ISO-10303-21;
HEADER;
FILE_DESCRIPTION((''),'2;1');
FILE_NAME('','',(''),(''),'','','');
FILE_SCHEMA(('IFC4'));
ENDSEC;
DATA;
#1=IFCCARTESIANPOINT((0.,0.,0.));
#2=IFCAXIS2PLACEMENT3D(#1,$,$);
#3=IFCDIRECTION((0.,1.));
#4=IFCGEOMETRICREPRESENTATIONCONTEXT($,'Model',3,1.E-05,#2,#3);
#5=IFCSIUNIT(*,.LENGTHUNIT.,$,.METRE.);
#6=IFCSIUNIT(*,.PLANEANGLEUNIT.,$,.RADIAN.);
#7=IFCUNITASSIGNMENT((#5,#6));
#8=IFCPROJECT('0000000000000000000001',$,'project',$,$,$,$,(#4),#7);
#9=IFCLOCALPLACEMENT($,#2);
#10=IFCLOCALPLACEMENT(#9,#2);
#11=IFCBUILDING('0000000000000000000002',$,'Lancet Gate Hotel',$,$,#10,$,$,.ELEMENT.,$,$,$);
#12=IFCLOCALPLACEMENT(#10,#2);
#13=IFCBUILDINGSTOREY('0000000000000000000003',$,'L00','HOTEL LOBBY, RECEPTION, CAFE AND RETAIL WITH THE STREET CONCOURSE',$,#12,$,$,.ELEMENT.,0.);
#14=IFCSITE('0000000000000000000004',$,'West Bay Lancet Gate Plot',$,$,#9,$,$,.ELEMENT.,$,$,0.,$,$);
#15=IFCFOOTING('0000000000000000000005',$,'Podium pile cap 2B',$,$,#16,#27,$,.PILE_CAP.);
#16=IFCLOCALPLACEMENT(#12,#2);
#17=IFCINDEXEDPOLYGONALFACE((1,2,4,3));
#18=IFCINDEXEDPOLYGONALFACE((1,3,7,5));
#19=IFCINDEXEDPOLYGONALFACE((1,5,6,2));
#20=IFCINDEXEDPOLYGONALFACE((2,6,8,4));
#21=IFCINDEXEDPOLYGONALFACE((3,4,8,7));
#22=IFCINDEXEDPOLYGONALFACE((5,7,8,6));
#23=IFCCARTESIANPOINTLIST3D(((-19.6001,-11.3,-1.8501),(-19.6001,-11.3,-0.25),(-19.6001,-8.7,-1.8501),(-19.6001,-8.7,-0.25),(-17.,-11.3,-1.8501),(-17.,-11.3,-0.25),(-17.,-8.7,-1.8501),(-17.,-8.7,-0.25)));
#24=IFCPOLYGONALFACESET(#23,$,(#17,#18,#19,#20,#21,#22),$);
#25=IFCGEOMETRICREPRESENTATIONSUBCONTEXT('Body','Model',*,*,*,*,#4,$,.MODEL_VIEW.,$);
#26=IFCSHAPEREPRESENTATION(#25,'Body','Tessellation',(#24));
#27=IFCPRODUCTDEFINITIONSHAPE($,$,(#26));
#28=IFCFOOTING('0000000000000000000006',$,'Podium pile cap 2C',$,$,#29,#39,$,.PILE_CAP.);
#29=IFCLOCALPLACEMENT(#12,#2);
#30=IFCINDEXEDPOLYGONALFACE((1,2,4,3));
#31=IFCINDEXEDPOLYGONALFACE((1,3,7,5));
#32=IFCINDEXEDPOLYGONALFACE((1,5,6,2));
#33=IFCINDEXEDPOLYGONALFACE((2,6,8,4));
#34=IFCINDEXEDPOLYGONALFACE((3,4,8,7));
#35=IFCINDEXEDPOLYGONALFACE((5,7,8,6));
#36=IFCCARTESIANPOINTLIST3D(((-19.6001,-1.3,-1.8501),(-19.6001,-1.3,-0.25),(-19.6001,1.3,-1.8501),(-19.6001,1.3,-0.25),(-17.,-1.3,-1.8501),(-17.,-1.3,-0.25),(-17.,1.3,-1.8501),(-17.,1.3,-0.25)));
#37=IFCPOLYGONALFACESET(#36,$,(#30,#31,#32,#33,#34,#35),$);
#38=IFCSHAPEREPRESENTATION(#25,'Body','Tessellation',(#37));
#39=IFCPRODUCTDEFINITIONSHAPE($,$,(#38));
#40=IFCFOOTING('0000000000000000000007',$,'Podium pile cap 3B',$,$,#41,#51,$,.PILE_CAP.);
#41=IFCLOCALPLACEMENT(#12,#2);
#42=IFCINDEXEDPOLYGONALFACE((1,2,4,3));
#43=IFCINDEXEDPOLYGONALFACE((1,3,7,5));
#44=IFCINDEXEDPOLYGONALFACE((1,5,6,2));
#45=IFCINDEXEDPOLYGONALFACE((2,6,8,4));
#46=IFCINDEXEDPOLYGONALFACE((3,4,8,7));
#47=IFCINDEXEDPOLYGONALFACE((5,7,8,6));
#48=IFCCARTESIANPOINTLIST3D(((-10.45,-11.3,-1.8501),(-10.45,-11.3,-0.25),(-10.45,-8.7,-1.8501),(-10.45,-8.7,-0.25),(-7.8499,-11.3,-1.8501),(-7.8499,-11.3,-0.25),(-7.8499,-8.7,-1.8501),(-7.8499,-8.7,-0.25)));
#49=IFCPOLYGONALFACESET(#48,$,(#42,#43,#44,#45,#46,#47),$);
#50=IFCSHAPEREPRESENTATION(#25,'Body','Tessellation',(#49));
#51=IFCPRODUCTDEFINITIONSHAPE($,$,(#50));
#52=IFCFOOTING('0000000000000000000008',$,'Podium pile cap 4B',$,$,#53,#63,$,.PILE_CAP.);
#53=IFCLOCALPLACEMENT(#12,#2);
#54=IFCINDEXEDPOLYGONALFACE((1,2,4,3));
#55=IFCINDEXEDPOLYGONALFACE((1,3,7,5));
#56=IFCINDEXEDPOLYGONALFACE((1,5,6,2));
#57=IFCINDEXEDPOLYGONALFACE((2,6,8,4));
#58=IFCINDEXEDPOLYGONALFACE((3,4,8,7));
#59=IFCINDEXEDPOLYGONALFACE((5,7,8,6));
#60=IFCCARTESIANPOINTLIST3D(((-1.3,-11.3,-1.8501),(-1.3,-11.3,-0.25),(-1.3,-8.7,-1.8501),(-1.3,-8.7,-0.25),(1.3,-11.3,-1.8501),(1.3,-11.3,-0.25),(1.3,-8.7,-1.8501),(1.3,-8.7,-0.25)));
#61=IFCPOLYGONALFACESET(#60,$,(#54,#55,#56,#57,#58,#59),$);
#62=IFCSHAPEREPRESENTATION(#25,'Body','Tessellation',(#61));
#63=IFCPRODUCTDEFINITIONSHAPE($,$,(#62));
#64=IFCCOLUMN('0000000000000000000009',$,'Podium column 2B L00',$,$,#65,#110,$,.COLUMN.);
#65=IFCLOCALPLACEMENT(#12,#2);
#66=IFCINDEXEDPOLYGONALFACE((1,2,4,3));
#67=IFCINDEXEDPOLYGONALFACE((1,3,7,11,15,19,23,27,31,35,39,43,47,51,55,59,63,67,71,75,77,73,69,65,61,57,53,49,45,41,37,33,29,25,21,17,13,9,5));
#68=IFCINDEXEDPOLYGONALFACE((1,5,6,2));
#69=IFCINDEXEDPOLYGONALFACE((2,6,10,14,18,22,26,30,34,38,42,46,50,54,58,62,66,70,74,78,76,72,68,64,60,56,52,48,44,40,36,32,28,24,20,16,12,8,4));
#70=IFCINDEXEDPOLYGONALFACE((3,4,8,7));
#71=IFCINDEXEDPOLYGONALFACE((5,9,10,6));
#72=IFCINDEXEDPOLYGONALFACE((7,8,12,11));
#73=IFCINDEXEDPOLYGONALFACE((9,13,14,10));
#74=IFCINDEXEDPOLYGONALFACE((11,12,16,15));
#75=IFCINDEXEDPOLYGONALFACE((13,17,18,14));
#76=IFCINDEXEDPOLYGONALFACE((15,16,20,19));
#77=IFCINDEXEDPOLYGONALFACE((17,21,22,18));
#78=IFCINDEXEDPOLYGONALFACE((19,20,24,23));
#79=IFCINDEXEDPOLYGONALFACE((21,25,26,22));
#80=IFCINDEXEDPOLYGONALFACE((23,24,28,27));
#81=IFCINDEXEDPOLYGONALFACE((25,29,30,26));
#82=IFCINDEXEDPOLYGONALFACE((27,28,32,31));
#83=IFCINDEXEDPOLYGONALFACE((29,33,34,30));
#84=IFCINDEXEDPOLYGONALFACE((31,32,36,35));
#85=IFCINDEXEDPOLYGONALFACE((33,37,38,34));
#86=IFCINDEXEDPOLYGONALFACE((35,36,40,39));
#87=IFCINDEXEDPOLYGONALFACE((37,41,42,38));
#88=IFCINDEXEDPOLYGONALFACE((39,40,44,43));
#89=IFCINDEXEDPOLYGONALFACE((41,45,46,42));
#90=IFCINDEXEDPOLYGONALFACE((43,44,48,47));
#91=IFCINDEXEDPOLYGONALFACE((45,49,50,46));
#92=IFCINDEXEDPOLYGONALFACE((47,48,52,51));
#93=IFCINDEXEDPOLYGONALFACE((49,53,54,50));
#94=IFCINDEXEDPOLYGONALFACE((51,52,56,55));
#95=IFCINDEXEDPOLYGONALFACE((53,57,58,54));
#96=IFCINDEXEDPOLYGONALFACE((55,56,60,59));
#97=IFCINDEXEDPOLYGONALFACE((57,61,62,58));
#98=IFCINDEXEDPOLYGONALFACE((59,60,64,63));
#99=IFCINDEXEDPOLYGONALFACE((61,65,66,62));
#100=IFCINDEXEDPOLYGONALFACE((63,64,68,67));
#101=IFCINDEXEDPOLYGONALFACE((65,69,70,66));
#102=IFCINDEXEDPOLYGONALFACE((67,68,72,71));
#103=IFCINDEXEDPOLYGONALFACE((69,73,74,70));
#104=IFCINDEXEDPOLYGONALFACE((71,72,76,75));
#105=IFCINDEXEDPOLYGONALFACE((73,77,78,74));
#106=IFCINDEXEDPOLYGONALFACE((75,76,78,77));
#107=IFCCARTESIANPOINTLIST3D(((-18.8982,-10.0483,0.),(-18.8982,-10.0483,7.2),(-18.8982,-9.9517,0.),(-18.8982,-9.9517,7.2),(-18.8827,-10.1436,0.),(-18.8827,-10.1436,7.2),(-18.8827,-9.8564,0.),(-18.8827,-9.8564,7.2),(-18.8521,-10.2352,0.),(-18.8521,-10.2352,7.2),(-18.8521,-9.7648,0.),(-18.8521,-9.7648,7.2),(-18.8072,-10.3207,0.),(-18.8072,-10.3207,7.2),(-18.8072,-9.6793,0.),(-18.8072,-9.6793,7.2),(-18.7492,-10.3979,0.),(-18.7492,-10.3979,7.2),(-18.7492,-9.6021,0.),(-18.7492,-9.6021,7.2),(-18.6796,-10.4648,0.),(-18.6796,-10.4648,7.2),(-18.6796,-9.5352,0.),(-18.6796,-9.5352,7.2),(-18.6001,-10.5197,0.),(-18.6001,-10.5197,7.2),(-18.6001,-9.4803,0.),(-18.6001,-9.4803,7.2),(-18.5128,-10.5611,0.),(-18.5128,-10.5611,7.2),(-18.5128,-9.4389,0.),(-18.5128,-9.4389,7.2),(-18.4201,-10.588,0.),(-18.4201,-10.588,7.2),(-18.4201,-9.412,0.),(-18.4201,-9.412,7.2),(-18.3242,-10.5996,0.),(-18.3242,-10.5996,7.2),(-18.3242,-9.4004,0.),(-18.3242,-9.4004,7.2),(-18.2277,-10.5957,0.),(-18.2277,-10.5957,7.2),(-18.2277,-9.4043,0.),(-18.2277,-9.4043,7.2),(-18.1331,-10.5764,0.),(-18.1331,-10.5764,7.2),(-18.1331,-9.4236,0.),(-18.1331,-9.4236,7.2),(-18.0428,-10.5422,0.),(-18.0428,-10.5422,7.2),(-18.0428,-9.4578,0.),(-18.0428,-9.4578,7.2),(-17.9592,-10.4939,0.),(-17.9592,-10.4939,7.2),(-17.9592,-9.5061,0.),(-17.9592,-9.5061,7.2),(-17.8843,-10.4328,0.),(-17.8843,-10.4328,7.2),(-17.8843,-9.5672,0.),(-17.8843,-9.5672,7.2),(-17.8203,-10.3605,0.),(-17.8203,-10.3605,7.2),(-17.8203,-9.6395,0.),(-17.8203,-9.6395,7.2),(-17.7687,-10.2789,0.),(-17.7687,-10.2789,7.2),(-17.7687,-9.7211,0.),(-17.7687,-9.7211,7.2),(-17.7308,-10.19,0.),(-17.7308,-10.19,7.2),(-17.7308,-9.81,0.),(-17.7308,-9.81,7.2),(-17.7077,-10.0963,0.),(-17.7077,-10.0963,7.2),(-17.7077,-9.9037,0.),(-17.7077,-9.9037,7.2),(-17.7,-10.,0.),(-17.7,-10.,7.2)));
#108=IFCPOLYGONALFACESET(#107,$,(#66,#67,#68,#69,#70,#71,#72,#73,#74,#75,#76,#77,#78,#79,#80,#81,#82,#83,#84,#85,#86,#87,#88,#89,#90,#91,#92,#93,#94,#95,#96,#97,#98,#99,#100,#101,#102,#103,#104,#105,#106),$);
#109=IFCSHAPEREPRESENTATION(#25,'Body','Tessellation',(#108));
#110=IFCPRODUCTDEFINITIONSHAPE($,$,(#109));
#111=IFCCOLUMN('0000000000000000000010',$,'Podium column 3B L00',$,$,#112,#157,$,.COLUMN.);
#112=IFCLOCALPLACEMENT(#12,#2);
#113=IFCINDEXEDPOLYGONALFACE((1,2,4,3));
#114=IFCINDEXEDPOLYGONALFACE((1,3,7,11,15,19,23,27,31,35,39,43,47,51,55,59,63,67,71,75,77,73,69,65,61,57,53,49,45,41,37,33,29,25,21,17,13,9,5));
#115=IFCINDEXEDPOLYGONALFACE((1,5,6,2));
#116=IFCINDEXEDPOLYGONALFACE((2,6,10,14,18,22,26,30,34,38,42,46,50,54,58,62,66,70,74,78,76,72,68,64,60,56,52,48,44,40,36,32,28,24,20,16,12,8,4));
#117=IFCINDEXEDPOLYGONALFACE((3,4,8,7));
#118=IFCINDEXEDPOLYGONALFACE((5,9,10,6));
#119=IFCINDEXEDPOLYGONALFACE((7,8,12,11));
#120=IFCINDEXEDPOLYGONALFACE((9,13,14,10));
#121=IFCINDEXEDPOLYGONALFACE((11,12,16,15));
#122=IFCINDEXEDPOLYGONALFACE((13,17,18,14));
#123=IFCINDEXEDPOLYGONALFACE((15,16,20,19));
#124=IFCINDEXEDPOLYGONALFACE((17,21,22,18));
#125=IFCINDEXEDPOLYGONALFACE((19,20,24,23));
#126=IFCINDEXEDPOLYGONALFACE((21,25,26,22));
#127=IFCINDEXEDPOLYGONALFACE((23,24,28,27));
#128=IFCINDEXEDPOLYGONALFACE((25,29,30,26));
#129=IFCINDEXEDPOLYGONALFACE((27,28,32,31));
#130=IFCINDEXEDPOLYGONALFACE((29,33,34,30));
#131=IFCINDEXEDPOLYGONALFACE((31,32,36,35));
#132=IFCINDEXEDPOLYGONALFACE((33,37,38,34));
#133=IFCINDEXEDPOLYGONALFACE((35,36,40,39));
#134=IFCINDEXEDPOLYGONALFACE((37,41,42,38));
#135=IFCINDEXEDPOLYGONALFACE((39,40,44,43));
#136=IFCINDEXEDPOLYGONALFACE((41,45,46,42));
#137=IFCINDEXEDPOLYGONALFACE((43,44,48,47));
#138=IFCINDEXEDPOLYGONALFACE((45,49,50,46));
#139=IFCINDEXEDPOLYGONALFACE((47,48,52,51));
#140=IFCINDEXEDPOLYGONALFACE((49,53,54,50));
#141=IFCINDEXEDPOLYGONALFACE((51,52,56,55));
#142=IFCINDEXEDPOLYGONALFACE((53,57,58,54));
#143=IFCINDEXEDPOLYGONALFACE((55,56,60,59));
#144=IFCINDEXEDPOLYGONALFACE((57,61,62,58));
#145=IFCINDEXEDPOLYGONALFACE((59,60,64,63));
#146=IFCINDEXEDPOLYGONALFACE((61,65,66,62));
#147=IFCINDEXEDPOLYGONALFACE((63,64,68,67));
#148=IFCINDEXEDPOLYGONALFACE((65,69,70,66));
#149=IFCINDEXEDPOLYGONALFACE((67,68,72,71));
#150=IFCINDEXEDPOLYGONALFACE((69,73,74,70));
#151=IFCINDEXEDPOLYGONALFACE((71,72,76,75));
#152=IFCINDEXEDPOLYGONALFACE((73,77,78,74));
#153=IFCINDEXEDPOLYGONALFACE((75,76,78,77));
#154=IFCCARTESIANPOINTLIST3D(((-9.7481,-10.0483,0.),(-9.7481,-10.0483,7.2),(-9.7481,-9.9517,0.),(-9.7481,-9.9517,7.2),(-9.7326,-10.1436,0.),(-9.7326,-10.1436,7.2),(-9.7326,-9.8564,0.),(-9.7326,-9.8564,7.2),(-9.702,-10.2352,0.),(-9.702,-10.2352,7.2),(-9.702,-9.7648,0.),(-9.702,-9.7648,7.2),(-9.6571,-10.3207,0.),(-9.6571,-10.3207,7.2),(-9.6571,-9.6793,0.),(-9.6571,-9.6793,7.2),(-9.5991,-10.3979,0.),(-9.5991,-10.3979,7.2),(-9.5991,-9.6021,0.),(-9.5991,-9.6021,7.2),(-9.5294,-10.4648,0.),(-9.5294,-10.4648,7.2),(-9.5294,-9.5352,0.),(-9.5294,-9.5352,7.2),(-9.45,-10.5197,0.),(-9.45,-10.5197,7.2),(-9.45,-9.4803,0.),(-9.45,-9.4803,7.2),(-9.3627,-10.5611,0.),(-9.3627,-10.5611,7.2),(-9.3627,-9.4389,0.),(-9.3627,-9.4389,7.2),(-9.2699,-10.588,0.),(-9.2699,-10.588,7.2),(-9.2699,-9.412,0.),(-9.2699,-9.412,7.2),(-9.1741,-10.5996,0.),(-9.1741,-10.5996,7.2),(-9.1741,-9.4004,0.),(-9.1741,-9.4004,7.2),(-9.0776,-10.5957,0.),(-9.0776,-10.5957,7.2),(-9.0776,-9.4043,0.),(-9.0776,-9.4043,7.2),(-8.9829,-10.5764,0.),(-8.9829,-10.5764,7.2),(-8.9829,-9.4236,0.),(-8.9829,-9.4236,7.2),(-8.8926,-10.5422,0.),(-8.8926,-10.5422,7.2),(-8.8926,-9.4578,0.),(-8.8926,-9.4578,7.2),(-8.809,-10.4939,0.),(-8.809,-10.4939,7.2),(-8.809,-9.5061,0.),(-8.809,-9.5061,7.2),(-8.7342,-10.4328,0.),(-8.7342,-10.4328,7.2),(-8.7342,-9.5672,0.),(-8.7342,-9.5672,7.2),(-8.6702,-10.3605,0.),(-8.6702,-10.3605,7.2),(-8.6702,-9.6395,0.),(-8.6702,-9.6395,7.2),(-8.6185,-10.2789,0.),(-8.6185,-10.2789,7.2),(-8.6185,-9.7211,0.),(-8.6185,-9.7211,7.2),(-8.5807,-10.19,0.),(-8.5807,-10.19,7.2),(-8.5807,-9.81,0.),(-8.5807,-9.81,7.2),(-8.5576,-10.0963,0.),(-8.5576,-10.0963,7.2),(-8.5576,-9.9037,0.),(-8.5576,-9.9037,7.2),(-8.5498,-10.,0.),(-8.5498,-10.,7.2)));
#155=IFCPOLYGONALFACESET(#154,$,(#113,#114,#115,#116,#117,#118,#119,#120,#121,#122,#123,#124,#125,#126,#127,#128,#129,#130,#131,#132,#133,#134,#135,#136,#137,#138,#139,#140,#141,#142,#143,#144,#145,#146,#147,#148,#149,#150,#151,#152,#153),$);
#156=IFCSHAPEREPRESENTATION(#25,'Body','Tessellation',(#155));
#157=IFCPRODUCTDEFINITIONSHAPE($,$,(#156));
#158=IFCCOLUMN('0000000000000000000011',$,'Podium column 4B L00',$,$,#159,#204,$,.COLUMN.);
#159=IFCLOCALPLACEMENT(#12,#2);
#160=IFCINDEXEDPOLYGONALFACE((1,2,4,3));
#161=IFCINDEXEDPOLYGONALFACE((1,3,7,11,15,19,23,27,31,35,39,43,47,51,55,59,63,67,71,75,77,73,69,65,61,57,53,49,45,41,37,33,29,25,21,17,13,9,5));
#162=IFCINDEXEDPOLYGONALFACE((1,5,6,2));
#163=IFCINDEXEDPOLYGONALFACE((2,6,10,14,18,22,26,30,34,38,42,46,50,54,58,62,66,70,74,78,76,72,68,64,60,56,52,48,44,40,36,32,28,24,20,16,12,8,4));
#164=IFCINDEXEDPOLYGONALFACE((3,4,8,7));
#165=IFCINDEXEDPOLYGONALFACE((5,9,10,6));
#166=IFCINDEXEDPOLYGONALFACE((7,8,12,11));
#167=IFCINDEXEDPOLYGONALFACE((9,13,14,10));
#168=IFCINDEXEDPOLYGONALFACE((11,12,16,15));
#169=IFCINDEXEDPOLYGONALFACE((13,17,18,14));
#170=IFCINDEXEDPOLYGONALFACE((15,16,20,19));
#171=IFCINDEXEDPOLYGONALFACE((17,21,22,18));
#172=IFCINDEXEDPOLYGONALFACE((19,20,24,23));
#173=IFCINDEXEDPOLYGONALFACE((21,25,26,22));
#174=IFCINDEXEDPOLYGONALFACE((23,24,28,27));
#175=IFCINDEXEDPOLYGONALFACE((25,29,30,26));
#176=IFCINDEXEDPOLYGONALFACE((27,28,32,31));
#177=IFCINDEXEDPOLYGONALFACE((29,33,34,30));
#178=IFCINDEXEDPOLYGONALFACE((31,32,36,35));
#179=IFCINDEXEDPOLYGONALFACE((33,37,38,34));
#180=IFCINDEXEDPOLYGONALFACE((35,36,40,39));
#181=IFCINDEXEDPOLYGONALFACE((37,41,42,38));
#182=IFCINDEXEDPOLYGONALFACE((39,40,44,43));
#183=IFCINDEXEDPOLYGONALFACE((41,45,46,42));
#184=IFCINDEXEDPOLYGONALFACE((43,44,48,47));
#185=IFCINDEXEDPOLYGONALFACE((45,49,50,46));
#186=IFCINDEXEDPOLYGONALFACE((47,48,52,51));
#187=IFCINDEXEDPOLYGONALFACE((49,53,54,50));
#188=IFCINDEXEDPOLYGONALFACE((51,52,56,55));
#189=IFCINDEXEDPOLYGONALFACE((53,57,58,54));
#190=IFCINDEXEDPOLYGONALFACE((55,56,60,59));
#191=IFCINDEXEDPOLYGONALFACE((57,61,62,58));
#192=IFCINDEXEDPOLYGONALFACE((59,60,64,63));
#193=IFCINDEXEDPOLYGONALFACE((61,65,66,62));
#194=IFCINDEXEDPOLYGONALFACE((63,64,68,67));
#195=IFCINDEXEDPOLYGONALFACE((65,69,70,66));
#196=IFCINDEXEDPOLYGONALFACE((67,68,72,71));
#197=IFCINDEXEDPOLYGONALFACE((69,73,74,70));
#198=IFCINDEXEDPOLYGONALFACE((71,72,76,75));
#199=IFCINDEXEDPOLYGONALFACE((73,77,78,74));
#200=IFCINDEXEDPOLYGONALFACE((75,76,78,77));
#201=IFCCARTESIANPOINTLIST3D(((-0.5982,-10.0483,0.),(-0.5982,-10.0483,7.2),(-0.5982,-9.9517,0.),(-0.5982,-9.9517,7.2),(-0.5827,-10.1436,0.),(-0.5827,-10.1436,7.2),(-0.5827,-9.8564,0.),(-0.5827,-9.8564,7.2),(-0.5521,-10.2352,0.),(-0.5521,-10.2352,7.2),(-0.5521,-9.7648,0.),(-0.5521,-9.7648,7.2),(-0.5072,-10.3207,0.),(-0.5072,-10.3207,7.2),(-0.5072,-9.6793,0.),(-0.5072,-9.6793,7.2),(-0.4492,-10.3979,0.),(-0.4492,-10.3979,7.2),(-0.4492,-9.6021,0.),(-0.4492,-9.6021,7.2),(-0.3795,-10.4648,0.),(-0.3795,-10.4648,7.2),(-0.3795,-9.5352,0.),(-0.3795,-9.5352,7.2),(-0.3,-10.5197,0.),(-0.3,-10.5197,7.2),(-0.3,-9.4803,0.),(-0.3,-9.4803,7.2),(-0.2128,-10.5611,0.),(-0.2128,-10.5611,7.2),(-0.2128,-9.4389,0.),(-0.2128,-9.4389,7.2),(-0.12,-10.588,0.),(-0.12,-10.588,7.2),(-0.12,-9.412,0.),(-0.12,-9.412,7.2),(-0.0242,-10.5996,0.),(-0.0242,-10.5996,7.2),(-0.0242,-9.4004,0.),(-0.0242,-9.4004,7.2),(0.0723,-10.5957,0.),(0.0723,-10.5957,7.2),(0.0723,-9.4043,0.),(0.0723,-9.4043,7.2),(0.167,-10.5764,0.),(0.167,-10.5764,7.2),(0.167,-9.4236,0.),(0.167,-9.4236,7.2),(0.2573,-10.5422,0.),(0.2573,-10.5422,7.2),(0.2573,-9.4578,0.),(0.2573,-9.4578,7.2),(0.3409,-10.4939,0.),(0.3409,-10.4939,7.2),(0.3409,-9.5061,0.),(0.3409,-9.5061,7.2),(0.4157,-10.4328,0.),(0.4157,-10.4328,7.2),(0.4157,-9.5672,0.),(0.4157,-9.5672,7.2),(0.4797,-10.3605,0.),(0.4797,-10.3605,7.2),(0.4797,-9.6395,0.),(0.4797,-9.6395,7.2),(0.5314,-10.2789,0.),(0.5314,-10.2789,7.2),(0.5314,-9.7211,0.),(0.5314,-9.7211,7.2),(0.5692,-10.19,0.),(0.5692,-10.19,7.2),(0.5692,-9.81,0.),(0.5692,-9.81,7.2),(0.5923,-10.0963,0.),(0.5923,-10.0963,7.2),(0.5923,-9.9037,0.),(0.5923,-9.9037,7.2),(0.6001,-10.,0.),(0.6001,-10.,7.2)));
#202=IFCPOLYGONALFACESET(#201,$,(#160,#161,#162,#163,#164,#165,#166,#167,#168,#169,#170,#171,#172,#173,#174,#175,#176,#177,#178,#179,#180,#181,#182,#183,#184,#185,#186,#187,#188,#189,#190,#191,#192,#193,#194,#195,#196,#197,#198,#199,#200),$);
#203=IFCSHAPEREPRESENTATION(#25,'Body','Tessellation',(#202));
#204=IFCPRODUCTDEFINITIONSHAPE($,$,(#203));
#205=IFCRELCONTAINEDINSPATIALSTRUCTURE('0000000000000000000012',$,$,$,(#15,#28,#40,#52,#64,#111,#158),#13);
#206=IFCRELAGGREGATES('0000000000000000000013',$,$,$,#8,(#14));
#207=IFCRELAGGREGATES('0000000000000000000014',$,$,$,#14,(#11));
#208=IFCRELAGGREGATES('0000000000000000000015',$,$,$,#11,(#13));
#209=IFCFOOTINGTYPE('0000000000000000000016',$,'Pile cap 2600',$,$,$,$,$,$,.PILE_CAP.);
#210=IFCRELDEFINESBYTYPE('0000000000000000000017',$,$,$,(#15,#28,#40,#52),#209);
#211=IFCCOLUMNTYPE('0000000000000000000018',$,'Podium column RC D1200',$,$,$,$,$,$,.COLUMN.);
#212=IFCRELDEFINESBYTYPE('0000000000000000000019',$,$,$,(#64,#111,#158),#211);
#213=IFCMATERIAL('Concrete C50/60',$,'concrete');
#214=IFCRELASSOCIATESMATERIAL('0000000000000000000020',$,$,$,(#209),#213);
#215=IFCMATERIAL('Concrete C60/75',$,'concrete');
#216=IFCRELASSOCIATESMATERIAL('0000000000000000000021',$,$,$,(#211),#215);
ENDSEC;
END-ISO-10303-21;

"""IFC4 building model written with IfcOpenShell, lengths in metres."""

from ifc_helpers import new_model, si_unit, direction, frame, origin, origin_2d, place, context, subcontext, project, spatial, rectangle, circle, extrude, material, material_profile, profile_set, type_object, element, save


model = new_model("IFC4")

# Units and contexts
model_context = context("Model", 3, precision=1e-05, world=origin(), true_north=direction((0.0, 1.0)))
body_context = subcontext(model_context, "Body", "Model", "MODEL_VIEW")
ifc_project = project(units=[si_unit("LENGTHUNIT", "METRE"), si_unit("PLANEANGLEUNIT", "RADIAN")], contexts=[model_context])

# Site, building, storey
site_placement = place(None, origin())
site = spatial("IfcSite", under=ifc_project, at=site_placement, Name="West Bay Lancet Gate Plot", CompositionType="ELEMENT", RefElevation=0.0)
building_placement = place(site_placement, origin())
building = spatial("IfcBuilding", under=site, at=building_placement, Name="Lancet Gate Hotel", CompositionType="ELEMENT")
storey_placement = place(building_placement, origin())
storey = spatial("IfcBuildingStorey", under=building, at=storey_placement, Name="L00", Description="HOTEL LOBBY, RECEPTION, CAFE AND RETAIL WITH THE STREET CONCOURSE", CompositionType="ELEMENT", Elevation=0.0)

# Footings
ifc_material_1 = material(Name="Concrete C50/60", Category="concrete")
footing_type = type_object("IfcFootingType", Name="Pile cap 2600", PredefinedType="PILE_CAP", material=ifc_material_1)
for number, where, z_axis, x_axis, name in (
    (1, (-18.3, -10.0, -1.8501), (0.0, 0.0, 1.0), (1.0, 0.0, 0.0), "Podium pile cap 2B"),
    (2, (-18.3, 0.0, -1.8501), (0.0, 0.0, 1.0), (1.0, 0.0, 0.0), "Podium pile cap 2C"),
    (3, (-9.1499, -10.0, -1.8501), (0.0, 0.0, 1.0), (1.0, 0.0, 0.0), "Podium pile cap 3B"),
    (4, (0.0, -10.0, -1.8501), (0.0, 0.0, 1.0), (1.0, 0.0, 0.0), "Podium pile cap 4B"),
):
    element("IfcFooting", number, at=place(storey_placement, frame(where, z_axis=z_axis, x_axis=x_axis)), inside=storey, type_object=footing_type, Name=name, PredefinedType="PILE_CAP", context=body_context, shape_type="SweptSolid", body=[
        extrude(rectangle(XDim=2.6001, YDim=2.6001, at=origin_2d()), origin(), (0.0, 0.0, 1.0), 1.6001),
    ])

# Columns
ifc_material_2 = material(Name="Concrete C60/75", Category="concrete")
ifc_material_profile_1 = material_profile(ifc_material_2, circle(Radius=0.6001, at=origin_2d()), Name="RC D1200")
ifc_profile_set_1 = profile_set([ifc_material_profile_1], Name="Concrete C60/75")
column_type = type_object("IfcColumnType", Name="Podium column RC D1200", PredefinedType="COLUMN", material=ifc_profile_set_1)
for number, where, z_axis, x_axis, name in (
    (5, (-18.3, -10.0, 0.0), (0.0, 0.0, 1.0), (1.0, 0.0, 0.0), "Podium column 2B L00"),
    (6, (-9.1499, -10.0, 0.0), (0.0, 0.0, 1.0), (1.0, 0.0, 0.0), "Podium column 3B L00"),
    (7, (0.0, -10.0, 0.0), (0.0, 0.0, 1.0), (1.0, 0.0, 0.0), "Podium column 4B L00"),
):
    element("IfcColumn", number, at=place(storey_placement, frame(where, z_axis=z_axis, x_axis=x_axis)), inside=storey, type_object=column_type, Name=name, PredefinedType="COLUMN", context=body_context, shape_type="SweptSolid", body=[
        extrude(circle(Radius=0.6001, at=origin_2d()), origin(), (0.0, 0.0, 1.0), 7.2),
    ])

save(model, "model.ifc")
